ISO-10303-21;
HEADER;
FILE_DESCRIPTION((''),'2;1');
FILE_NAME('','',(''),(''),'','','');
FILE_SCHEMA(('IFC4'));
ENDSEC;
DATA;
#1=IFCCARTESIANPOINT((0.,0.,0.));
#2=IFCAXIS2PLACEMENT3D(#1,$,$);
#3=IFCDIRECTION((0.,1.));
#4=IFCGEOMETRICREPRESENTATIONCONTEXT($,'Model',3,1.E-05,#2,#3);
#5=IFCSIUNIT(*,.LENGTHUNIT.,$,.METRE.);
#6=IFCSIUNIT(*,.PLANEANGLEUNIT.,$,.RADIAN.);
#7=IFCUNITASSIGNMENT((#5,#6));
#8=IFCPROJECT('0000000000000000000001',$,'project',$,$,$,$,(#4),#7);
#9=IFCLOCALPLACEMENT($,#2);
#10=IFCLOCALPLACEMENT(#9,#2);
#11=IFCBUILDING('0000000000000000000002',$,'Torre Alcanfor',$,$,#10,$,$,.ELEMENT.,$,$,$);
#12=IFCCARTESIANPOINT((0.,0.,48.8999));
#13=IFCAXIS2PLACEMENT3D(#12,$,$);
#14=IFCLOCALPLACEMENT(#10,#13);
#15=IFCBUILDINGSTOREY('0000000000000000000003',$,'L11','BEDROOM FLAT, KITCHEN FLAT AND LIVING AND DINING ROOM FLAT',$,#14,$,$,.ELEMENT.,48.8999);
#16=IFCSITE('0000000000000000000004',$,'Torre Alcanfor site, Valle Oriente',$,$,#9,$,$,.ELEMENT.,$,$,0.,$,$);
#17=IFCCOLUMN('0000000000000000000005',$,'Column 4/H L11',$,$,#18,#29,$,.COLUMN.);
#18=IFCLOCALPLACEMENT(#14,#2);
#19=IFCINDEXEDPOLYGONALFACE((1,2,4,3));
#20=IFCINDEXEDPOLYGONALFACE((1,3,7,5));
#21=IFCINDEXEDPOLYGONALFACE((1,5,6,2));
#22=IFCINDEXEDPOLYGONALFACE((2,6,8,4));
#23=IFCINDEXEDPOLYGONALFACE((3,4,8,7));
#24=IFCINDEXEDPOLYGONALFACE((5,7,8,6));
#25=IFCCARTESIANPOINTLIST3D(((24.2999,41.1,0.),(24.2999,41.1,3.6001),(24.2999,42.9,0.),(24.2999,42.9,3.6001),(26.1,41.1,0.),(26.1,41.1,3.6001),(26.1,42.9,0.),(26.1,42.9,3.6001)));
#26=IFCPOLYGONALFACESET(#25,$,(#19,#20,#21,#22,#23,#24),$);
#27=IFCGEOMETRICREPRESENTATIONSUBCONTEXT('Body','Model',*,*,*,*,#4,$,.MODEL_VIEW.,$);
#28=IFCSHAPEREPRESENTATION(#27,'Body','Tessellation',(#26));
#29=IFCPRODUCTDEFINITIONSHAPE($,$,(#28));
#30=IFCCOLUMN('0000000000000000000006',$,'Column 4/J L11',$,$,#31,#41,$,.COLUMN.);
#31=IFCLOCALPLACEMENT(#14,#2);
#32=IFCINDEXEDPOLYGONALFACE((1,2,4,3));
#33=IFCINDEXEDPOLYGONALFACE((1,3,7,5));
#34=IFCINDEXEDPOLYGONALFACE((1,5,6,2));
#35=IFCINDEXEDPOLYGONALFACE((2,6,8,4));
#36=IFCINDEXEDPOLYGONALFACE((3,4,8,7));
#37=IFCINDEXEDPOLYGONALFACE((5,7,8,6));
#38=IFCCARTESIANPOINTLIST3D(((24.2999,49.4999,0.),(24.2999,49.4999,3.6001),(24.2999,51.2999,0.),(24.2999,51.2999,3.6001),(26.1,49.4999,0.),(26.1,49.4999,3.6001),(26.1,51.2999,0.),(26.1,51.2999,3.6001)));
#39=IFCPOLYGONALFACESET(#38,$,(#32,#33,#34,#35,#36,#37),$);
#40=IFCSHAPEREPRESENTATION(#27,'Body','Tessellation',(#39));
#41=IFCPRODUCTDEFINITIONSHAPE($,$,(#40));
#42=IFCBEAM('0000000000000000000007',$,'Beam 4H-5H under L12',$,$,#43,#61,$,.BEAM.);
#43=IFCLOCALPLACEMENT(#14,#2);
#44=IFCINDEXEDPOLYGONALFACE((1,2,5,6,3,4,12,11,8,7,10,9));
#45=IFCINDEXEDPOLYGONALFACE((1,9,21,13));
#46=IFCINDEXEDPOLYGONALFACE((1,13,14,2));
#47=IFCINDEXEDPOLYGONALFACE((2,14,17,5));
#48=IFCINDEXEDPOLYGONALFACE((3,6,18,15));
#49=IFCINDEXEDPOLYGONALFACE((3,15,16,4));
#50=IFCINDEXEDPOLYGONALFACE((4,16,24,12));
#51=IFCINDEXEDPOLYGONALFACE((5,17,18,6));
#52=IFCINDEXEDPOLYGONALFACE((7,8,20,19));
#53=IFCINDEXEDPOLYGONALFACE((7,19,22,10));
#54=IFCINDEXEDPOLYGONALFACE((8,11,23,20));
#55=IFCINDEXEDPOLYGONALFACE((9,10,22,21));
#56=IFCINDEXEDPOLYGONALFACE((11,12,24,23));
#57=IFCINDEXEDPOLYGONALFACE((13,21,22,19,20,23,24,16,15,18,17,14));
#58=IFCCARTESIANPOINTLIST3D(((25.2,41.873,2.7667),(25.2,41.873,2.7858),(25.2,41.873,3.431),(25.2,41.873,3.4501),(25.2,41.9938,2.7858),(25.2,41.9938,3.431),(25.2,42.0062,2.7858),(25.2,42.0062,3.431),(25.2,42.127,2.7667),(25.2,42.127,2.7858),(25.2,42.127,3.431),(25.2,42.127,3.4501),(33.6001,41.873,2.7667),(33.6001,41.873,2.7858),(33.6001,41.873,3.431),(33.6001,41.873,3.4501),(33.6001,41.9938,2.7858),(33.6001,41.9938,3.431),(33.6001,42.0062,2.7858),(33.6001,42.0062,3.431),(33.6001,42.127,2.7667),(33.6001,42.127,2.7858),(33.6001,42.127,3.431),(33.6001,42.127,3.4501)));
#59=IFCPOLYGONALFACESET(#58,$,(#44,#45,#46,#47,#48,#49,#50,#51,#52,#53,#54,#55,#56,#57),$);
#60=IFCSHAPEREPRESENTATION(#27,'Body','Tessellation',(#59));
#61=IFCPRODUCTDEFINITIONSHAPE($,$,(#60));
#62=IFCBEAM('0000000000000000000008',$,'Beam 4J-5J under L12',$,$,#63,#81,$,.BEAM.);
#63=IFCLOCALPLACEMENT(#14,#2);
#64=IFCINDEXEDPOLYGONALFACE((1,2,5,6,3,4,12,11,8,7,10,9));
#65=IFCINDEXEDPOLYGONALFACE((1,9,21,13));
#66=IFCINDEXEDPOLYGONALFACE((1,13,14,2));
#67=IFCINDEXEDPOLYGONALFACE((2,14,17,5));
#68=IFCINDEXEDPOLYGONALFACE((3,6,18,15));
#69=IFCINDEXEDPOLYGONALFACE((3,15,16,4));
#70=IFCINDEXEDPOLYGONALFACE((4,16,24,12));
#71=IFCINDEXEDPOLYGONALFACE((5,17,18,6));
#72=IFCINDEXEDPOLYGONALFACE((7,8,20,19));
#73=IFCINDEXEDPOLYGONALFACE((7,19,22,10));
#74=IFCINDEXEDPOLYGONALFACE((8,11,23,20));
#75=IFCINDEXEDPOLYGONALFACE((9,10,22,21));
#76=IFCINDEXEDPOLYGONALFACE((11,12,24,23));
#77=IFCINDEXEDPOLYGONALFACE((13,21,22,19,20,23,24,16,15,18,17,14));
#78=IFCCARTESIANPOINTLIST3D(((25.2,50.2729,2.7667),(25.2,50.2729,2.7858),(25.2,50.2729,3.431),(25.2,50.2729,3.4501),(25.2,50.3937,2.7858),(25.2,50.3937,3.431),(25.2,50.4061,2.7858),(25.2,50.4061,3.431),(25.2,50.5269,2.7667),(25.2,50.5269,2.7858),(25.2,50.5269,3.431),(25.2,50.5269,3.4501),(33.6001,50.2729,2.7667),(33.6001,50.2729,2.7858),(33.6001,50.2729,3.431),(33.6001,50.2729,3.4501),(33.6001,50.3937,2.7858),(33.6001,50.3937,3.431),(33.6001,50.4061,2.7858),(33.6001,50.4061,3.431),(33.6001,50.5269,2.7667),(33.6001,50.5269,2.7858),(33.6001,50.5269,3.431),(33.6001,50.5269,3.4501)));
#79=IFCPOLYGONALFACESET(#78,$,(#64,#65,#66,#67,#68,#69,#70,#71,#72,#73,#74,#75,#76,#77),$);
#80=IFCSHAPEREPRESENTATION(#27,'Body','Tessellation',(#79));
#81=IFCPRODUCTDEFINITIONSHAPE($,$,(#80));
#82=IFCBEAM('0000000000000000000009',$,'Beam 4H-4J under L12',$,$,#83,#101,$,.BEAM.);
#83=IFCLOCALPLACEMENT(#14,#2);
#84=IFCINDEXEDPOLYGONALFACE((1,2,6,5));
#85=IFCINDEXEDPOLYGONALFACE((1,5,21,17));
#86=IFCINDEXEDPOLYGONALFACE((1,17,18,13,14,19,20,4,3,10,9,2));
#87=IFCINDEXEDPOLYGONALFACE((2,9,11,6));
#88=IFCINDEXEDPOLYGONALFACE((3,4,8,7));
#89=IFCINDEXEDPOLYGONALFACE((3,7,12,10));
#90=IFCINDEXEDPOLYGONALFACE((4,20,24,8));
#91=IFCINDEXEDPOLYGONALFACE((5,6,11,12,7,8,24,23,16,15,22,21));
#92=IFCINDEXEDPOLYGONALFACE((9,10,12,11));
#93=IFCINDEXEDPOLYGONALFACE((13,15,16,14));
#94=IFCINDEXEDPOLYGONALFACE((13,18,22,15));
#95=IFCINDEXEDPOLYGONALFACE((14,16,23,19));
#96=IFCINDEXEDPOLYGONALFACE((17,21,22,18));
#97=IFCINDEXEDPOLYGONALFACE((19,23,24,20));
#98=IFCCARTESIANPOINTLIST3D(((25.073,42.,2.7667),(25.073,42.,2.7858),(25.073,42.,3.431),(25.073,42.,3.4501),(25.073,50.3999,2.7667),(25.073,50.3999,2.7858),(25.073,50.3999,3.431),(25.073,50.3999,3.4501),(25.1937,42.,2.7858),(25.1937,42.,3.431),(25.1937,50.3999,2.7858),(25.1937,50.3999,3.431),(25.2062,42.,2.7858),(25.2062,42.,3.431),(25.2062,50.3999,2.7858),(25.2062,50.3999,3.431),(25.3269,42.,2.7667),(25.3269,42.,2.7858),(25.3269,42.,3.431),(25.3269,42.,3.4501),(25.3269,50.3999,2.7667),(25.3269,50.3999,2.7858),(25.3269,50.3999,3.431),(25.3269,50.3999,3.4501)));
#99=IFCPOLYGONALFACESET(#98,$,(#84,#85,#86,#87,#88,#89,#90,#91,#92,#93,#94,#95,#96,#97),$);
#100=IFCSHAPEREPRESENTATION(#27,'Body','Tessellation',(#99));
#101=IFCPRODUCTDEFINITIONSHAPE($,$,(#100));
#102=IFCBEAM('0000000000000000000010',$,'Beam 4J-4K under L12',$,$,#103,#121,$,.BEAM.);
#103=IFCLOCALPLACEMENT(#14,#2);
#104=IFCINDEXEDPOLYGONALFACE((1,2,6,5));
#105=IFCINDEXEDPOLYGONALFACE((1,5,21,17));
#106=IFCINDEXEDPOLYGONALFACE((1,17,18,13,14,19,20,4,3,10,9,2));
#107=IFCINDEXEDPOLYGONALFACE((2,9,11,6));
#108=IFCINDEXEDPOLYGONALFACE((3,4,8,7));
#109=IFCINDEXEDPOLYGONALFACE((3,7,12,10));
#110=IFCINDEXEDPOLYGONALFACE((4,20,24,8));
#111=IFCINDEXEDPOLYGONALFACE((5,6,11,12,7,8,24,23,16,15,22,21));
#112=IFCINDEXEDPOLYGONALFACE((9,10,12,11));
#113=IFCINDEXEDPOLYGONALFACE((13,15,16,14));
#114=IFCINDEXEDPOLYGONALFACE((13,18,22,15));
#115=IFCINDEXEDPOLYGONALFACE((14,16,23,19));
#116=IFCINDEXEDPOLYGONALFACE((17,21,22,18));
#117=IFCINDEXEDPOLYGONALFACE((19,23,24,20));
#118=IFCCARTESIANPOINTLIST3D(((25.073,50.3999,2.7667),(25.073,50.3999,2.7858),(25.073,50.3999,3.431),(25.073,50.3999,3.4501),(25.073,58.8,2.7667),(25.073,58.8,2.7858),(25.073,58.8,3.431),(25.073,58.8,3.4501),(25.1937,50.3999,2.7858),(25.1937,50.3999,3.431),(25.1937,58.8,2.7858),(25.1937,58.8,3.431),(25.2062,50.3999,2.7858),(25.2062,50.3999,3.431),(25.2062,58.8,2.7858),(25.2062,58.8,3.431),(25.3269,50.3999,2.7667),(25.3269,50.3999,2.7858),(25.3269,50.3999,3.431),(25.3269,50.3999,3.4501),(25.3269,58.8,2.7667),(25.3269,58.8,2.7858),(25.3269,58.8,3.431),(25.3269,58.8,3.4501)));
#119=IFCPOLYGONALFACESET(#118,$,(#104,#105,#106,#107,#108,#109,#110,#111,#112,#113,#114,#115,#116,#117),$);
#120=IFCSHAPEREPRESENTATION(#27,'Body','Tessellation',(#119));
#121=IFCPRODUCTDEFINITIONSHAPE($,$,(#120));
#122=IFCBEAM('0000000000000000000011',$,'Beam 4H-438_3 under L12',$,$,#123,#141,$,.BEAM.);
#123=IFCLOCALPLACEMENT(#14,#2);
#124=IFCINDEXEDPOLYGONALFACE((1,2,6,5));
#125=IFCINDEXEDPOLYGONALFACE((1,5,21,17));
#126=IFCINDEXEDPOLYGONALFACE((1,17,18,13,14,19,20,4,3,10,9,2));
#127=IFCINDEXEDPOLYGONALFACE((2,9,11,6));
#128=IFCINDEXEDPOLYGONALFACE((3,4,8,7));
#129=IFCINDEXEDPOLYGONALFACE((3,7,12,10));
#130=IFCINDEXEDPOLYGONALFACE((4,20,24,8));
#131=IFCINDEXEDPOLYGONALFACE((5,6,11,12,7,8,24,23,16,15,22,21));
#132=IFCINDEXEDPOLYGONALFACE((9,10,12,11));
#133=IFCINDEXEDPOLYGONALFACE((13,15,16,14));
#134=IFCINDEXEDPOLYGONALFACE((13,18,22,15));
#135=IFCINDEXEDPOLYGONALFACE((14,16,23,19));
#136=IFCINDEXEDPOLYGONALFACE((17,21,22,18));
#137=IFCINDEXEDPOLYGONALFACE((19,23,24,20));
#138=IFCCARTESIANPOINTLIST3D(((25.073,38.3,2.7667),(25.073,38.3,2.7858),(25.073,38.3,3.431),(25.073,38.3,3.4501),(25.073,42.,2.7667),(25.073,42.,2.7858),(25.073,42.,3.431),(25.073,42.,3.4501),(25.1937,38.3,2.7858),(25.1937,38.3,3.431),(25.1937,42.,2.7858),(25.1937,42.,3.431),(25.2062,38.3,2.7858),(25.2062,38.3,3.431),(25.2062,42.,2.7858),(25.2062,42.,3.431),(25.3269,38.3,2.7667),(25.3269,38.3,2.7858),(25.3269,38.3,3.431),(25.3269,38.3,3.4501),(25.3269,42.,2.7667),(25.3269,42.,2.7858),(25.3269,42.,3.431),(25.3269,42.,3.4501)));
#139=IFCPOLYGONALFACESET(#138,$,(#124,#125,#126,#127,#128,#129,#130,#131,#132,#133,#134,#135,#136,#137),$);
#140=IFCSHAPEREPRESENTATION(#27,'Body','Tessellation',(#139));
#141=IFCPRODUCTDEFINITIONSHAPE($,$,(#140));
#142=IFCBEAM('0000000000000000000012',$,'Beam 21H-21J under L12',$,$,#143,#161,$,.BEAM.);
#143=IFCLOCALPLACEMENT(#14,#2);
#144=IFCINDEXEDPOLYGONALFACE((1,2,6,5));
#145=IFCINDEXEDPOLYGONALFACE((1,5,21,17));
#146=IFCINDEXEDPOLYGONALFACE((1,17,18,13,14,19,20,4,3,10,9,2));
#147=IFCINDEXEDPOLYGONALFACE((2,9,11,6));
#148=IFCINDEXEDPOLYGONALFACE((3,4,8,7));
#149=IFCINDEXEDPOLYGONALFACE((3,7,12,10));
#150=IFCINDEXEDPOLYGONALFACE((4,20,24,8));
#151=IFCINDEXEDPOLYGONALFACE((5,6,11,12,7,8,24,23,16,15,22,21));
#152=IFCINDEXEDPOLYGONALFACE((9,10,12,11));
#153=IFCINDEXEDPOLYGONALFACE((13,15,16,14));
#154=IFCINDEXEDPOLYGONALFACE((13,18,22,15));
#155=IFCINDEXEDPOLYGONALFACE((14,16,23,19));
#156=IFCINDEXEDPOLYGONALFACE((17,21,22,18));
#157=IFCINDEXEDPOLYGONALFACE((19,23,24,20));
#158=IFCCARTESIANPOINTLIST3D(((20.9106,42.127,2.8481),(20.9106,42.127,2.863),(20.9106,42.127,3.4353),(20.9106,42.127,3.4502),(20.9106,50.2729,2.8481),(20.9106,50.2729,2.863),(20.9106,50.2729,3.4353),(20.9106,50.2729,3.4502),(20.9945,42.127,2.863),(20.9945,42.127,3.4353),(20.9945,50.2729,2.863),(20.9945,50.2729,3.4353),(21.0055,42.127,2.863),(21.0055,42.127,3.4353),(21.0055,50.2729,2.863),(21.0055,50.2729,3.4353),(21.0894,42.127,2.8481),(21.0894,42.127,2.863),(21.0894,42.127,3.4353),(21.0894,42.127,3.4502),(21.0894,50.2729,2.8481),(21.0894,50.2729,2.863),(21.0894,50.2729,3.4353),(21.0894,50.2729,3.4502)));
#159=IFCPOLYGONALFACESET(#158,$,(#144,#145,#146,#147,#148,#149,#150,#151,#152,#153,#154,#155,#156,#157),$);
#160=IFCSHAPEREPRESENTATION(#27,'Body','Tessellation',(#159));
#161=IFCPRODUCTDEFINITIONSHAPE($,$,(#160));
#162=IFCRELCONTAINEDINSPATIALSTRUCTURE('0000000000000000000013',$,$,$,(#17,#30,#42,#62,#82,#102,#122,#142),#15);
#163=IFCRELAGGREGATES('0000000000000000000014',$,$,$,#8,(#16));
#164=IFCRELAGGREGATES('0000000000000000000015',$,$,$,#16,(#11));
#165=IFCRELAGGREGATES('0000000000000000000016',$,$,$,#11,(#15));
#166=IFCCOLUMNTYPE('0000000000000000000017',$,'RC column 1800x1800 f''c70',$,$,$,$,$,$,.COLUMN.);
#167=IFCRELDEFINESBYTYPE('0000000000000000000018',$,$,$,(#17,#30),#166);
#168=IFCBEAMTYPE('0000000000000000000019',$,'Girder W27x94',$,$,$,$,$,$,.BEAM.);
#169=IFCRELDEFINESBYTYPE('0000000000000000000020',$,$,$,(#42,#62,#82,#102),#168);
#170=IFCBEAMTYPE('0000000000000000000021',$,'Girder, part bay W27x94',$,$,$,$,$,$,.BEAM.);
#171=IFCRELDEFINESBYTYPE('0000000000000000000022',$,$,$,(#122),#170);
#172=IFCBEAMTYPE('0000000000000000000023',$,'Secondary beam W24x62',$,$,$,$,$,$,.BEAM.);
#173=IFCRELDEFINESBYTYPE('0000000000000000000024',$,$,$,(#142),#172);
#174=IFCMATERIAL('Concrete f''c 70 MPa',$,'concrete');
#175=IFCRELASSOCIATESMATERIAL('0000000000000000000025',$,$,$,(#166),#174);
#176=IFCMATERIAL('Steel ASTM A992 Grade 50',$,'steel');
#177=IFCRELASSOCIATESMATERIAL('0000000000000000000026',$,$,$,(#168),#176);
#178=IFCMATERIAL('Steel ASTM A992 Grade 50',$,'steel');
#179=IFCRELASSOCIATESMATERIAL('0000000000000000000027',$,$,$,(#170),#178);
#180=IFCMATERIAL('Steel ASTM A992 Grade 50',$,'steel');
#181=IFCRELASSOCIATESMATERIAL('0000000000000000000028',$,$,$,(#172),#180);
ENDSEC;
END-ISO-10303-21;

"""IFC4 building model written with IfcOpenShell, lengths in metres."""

from ifc_helpers import new_model, si_unit, direction, frame, origin, origin_2d, place, context, subcontext, project, spatial, rectangle, i_section, extrude, material, material_profile, profile_set, type_object, element, save


model = new_model("IFC4")

# Units and contexts
model_context = context("Model", 3, precision=1e-05, world=origin(), true_north=direction((0.0, 1.0)))
body_context = subcontext(model_context, "Body", "Model", "MODEL_VIEW")
ifc_project = project(units=[si_unit("LENGTHUNIT", "METRE"), si_unit("PLANEANGLEUNIT", "RADIAN")], contexts=[model_context])

# Site, building, storey
site_placement = place(None, origin())
site = spatial("IfcSite", under=ifc_project, at=site_placement, Name="Torre Alcanfor site, Valle Oriente", CompositionType="ELEMENT", RefElevation=0.0)
building_placement = place(site_placement, origin())
building = spatial("IfcBuilding", under=site, at=building_placement, Name="Torre Alcanfor", CompositionType="ELEMENT")
storey_placement = place(building_placement, frame((0.0, 0.0, 48.8999)))
storey = spatial("IfcBuildingStorey", under=building, at=storey_placement, Name="L11", Description="BEDROOM FLAT, KITCHEN FLAT AND LIVING AND DINING ROOM FLAT", CompositionType="ELEMENT", Elevation=48.8999)

# Columns
ifc_material_1 = material(Name="Concrete f'c 70 MPa", Category="concrete")
ifc_material_profile_1 = material_profile(ifc_material_1, rectangle(XDim=1.8, YDim=1.8, at=origin_2d()), Name="1800x1800")
ifc_profile_set_1 = profile_set([ifc_material_profile_1], Name="Concrete f'c 70 MPa")
column_type = type_object("IfcColumnType", Name="RC column 1800x1800 f'c70", PredefinedType="COLUMN", material=ifc_profile_set_1)
for number, where, z_axis, x_axis, name in (
    (1, (25.2, 42.0, 0.0), (0.0, 0.0, 1.0), (1.0, 0.0, 0.0), "Column 4/H L11"),
    (2, (25.2, 50.3999, 0.0), (0.0, 0.0, 1.0), (1.0, 0.0, 0.0), "Column 4/J L11"),
):
    element("IfcColumn", number, at=place(storey_placement, frame(where, z_axis=z_axis, x_axis=x_axis)), inside=storey, type_object=column_type, Name=name, PredefinedType="COLUMN", context=body_context, shape_type="SweptSolid", body=[
        extrude(rectangle(XDim=1.8, YDim=1.8, at=origin_2d()), origin(), (0.0, 0.0, 1.0), 3.6001),
    ])

# Beams
ifc_material_2 = material(Name="Steel ASTM A992 Grade 50", Category="steel")
ifc_material_profile_2 = material_profile(ifc_material_2, i_section(OverallWidth=0.2539, OverallDepth=0.6833, WebThickness=0.0125, FlangeThickness=0.019, at=origin_2d()), Name="W27x94")
ifc_profile_set_2 = profile_set([ifc_material_profile_2], Name="Steel ASTM A992 Grade 50")
beam_type_1 = type_object("IfcBeamType", Name="Girder W27x94", PredefinedType="BEAM", material=ifc_profile_set_2)
for number, where, z_axis, x_axis, name in (
    (3, (25.2, 42.0, 3.1084), (1.0, 0.0, 0.0), (0.0, 1.0, 0.0), "Beam 4H-5H under L12"),
    (4, (25.2, 50.3999, 3.1084), (1.0, 0.0, 0.0), (0.0, 1.0, 0.0), "Beam 4J-5J under L12"),
):
    element("IfcBeam", number, at=place(storey_placement, frame(where, z_axis=z_axis, x_axis=x_axis)), inside=storey, type_object=beam_type_1, Name=name, PredefinedType="BEAM", context=body_context, shape_type="SweptSolid", body=[
        extrude(i_section(OverallWidth=0.2539, OverallDepth=0.6833, WebThickness=0.0125, FlangeThickness=0.019, at=origin_2d()), origin(), (0.0, 0.0, 1.0), 8.4001),
    ])
beam_1_placement = place(storey_placement, frame((25.2, 42.0, 3.1084), z_axis=(0.0, 1.0, 0.0), x_axis=(-1.0, 0.0, 0.0)))
element("IfcBeam", 5, at=beam_1_placement, inside=storey, type_object=beam_type_1, Name="Beam 4H-4J under L12", PredefinedType="BEAM", context=body_context, shape_type="SweptSolid", body=[
    extrude(i_section(OverallWidth=0.2539, OverallDepth=0.6833, WebThickness=0.0125, FlangeThickness=0.019, at=origin_2d()), origin(), (0.0, 0.0, 1.0), 8.3999),
])
beam_2_placement = place(storey_placement, frame((25.2, 50.3999, 3.1084), z_axis=(0.0, 1.0, 0.0), x_axis=(-1.0, 0.0, 0.0)))
element("IfcBeam", 6, at=beam_2_placement, inside=storey, type_object=beam_type_1, Name="Beam 4J-4K under L12", PredefinedType="BEAM", context=body_context, shape_type="SweptSolid", body=[
    extrude(i_section(OverallWidth=0.2539, OverallDepth=0.6833, WebThickness=0.0125, FlangeThickness=0.019, at=origin_2d()), origin(), (0.0, 0.0, 1.0), 8.4001),
])
ifc_material_3 = material(Name="Steel ASTM A992 Grade 50", Category="steel")
ifc_material_profile_3 = material_profile(ifc_material_3, i_section(OverallWidth=0.2539, OverallDepth=0.6833, WebThickness=0.0125, FlangeThickness=0.019, at=origin_2d()), Name="W27x94")
ifc_profile_set_3 = profile_set([ifc_material_profile_3], Name="Steel ASTM A992 Grade 50")
beam_type_2 = type_object("IfcBeamType", Name="Girder, part bay W27x94", PredefinedType="BEAM", material=ifc_profile_set_3)
beam_3_placement = place(storey_placement, frame((25.2, 42.0, 3.1084), z_axis=(0.0, -1.0, 0.0), x_axis=(1.0, 0.0, 0.0)))
element("IfcBeam", 7, at=beam_3_placement, inside=storey, type_object=beam_type_2, Name="Beam 4H-438_3 under L12", PredefinedType="BEAM", context=body_context, shape_type="SweptSolid", body=[
    extrude(i_section(OverallWidth=0.2539, OverallDepth=0.6833, WebThickness=0.0125, FlangeThickness=0.019, at=origin_2d()), origin(), (0.0, 0.0, 1.0), 3.7),
])
ifc_material_4 = material(Name="Steel ASTM A992 Grade 50", Category="steel")
ifc_material_profile_4 = material_profile(ifc_material_4, i_section(OverallWidth=0.1787, OverallDepth=0.6021, WebThickness=0.011, FlangeThickness=0.0149, at=origin_2d()), Name="W24x62")
ifc_profile_set_4 = profile_set([ifc_material_profile_4], Name="Steel ASTM A992 Grade 50")
beam_type_3 = type_object("IfcBeamType", Name="Secondary beam W24x62", PredefinedType="BEAM", material=ifc_profile_set_4)
beam_4_placement = place(storey_placement, frame((21.0, 42.127, 3.1492), z_axis=(0.0, 1.0, 0.0), x_axis=(-1.0, 0.0, 0.0)))
element("IfcBeam", 8, at=beam_4_placement, inside=storey, type_object=beam_type_3, Name="Beam 21H-21J under L12", PredefinedType="BEAM", context=body_context, shape_type="SweptSolid", body=[
    extrude(i_section(OverallWidth=0.1787, OverallDepth=0.6021, WebThickness=0.011, FlangeThickness=0.0149, at=origin_2d()), origin(), (0.0, 0.0, 1.0), 8.146),
])

save(model, "model.ifc")
